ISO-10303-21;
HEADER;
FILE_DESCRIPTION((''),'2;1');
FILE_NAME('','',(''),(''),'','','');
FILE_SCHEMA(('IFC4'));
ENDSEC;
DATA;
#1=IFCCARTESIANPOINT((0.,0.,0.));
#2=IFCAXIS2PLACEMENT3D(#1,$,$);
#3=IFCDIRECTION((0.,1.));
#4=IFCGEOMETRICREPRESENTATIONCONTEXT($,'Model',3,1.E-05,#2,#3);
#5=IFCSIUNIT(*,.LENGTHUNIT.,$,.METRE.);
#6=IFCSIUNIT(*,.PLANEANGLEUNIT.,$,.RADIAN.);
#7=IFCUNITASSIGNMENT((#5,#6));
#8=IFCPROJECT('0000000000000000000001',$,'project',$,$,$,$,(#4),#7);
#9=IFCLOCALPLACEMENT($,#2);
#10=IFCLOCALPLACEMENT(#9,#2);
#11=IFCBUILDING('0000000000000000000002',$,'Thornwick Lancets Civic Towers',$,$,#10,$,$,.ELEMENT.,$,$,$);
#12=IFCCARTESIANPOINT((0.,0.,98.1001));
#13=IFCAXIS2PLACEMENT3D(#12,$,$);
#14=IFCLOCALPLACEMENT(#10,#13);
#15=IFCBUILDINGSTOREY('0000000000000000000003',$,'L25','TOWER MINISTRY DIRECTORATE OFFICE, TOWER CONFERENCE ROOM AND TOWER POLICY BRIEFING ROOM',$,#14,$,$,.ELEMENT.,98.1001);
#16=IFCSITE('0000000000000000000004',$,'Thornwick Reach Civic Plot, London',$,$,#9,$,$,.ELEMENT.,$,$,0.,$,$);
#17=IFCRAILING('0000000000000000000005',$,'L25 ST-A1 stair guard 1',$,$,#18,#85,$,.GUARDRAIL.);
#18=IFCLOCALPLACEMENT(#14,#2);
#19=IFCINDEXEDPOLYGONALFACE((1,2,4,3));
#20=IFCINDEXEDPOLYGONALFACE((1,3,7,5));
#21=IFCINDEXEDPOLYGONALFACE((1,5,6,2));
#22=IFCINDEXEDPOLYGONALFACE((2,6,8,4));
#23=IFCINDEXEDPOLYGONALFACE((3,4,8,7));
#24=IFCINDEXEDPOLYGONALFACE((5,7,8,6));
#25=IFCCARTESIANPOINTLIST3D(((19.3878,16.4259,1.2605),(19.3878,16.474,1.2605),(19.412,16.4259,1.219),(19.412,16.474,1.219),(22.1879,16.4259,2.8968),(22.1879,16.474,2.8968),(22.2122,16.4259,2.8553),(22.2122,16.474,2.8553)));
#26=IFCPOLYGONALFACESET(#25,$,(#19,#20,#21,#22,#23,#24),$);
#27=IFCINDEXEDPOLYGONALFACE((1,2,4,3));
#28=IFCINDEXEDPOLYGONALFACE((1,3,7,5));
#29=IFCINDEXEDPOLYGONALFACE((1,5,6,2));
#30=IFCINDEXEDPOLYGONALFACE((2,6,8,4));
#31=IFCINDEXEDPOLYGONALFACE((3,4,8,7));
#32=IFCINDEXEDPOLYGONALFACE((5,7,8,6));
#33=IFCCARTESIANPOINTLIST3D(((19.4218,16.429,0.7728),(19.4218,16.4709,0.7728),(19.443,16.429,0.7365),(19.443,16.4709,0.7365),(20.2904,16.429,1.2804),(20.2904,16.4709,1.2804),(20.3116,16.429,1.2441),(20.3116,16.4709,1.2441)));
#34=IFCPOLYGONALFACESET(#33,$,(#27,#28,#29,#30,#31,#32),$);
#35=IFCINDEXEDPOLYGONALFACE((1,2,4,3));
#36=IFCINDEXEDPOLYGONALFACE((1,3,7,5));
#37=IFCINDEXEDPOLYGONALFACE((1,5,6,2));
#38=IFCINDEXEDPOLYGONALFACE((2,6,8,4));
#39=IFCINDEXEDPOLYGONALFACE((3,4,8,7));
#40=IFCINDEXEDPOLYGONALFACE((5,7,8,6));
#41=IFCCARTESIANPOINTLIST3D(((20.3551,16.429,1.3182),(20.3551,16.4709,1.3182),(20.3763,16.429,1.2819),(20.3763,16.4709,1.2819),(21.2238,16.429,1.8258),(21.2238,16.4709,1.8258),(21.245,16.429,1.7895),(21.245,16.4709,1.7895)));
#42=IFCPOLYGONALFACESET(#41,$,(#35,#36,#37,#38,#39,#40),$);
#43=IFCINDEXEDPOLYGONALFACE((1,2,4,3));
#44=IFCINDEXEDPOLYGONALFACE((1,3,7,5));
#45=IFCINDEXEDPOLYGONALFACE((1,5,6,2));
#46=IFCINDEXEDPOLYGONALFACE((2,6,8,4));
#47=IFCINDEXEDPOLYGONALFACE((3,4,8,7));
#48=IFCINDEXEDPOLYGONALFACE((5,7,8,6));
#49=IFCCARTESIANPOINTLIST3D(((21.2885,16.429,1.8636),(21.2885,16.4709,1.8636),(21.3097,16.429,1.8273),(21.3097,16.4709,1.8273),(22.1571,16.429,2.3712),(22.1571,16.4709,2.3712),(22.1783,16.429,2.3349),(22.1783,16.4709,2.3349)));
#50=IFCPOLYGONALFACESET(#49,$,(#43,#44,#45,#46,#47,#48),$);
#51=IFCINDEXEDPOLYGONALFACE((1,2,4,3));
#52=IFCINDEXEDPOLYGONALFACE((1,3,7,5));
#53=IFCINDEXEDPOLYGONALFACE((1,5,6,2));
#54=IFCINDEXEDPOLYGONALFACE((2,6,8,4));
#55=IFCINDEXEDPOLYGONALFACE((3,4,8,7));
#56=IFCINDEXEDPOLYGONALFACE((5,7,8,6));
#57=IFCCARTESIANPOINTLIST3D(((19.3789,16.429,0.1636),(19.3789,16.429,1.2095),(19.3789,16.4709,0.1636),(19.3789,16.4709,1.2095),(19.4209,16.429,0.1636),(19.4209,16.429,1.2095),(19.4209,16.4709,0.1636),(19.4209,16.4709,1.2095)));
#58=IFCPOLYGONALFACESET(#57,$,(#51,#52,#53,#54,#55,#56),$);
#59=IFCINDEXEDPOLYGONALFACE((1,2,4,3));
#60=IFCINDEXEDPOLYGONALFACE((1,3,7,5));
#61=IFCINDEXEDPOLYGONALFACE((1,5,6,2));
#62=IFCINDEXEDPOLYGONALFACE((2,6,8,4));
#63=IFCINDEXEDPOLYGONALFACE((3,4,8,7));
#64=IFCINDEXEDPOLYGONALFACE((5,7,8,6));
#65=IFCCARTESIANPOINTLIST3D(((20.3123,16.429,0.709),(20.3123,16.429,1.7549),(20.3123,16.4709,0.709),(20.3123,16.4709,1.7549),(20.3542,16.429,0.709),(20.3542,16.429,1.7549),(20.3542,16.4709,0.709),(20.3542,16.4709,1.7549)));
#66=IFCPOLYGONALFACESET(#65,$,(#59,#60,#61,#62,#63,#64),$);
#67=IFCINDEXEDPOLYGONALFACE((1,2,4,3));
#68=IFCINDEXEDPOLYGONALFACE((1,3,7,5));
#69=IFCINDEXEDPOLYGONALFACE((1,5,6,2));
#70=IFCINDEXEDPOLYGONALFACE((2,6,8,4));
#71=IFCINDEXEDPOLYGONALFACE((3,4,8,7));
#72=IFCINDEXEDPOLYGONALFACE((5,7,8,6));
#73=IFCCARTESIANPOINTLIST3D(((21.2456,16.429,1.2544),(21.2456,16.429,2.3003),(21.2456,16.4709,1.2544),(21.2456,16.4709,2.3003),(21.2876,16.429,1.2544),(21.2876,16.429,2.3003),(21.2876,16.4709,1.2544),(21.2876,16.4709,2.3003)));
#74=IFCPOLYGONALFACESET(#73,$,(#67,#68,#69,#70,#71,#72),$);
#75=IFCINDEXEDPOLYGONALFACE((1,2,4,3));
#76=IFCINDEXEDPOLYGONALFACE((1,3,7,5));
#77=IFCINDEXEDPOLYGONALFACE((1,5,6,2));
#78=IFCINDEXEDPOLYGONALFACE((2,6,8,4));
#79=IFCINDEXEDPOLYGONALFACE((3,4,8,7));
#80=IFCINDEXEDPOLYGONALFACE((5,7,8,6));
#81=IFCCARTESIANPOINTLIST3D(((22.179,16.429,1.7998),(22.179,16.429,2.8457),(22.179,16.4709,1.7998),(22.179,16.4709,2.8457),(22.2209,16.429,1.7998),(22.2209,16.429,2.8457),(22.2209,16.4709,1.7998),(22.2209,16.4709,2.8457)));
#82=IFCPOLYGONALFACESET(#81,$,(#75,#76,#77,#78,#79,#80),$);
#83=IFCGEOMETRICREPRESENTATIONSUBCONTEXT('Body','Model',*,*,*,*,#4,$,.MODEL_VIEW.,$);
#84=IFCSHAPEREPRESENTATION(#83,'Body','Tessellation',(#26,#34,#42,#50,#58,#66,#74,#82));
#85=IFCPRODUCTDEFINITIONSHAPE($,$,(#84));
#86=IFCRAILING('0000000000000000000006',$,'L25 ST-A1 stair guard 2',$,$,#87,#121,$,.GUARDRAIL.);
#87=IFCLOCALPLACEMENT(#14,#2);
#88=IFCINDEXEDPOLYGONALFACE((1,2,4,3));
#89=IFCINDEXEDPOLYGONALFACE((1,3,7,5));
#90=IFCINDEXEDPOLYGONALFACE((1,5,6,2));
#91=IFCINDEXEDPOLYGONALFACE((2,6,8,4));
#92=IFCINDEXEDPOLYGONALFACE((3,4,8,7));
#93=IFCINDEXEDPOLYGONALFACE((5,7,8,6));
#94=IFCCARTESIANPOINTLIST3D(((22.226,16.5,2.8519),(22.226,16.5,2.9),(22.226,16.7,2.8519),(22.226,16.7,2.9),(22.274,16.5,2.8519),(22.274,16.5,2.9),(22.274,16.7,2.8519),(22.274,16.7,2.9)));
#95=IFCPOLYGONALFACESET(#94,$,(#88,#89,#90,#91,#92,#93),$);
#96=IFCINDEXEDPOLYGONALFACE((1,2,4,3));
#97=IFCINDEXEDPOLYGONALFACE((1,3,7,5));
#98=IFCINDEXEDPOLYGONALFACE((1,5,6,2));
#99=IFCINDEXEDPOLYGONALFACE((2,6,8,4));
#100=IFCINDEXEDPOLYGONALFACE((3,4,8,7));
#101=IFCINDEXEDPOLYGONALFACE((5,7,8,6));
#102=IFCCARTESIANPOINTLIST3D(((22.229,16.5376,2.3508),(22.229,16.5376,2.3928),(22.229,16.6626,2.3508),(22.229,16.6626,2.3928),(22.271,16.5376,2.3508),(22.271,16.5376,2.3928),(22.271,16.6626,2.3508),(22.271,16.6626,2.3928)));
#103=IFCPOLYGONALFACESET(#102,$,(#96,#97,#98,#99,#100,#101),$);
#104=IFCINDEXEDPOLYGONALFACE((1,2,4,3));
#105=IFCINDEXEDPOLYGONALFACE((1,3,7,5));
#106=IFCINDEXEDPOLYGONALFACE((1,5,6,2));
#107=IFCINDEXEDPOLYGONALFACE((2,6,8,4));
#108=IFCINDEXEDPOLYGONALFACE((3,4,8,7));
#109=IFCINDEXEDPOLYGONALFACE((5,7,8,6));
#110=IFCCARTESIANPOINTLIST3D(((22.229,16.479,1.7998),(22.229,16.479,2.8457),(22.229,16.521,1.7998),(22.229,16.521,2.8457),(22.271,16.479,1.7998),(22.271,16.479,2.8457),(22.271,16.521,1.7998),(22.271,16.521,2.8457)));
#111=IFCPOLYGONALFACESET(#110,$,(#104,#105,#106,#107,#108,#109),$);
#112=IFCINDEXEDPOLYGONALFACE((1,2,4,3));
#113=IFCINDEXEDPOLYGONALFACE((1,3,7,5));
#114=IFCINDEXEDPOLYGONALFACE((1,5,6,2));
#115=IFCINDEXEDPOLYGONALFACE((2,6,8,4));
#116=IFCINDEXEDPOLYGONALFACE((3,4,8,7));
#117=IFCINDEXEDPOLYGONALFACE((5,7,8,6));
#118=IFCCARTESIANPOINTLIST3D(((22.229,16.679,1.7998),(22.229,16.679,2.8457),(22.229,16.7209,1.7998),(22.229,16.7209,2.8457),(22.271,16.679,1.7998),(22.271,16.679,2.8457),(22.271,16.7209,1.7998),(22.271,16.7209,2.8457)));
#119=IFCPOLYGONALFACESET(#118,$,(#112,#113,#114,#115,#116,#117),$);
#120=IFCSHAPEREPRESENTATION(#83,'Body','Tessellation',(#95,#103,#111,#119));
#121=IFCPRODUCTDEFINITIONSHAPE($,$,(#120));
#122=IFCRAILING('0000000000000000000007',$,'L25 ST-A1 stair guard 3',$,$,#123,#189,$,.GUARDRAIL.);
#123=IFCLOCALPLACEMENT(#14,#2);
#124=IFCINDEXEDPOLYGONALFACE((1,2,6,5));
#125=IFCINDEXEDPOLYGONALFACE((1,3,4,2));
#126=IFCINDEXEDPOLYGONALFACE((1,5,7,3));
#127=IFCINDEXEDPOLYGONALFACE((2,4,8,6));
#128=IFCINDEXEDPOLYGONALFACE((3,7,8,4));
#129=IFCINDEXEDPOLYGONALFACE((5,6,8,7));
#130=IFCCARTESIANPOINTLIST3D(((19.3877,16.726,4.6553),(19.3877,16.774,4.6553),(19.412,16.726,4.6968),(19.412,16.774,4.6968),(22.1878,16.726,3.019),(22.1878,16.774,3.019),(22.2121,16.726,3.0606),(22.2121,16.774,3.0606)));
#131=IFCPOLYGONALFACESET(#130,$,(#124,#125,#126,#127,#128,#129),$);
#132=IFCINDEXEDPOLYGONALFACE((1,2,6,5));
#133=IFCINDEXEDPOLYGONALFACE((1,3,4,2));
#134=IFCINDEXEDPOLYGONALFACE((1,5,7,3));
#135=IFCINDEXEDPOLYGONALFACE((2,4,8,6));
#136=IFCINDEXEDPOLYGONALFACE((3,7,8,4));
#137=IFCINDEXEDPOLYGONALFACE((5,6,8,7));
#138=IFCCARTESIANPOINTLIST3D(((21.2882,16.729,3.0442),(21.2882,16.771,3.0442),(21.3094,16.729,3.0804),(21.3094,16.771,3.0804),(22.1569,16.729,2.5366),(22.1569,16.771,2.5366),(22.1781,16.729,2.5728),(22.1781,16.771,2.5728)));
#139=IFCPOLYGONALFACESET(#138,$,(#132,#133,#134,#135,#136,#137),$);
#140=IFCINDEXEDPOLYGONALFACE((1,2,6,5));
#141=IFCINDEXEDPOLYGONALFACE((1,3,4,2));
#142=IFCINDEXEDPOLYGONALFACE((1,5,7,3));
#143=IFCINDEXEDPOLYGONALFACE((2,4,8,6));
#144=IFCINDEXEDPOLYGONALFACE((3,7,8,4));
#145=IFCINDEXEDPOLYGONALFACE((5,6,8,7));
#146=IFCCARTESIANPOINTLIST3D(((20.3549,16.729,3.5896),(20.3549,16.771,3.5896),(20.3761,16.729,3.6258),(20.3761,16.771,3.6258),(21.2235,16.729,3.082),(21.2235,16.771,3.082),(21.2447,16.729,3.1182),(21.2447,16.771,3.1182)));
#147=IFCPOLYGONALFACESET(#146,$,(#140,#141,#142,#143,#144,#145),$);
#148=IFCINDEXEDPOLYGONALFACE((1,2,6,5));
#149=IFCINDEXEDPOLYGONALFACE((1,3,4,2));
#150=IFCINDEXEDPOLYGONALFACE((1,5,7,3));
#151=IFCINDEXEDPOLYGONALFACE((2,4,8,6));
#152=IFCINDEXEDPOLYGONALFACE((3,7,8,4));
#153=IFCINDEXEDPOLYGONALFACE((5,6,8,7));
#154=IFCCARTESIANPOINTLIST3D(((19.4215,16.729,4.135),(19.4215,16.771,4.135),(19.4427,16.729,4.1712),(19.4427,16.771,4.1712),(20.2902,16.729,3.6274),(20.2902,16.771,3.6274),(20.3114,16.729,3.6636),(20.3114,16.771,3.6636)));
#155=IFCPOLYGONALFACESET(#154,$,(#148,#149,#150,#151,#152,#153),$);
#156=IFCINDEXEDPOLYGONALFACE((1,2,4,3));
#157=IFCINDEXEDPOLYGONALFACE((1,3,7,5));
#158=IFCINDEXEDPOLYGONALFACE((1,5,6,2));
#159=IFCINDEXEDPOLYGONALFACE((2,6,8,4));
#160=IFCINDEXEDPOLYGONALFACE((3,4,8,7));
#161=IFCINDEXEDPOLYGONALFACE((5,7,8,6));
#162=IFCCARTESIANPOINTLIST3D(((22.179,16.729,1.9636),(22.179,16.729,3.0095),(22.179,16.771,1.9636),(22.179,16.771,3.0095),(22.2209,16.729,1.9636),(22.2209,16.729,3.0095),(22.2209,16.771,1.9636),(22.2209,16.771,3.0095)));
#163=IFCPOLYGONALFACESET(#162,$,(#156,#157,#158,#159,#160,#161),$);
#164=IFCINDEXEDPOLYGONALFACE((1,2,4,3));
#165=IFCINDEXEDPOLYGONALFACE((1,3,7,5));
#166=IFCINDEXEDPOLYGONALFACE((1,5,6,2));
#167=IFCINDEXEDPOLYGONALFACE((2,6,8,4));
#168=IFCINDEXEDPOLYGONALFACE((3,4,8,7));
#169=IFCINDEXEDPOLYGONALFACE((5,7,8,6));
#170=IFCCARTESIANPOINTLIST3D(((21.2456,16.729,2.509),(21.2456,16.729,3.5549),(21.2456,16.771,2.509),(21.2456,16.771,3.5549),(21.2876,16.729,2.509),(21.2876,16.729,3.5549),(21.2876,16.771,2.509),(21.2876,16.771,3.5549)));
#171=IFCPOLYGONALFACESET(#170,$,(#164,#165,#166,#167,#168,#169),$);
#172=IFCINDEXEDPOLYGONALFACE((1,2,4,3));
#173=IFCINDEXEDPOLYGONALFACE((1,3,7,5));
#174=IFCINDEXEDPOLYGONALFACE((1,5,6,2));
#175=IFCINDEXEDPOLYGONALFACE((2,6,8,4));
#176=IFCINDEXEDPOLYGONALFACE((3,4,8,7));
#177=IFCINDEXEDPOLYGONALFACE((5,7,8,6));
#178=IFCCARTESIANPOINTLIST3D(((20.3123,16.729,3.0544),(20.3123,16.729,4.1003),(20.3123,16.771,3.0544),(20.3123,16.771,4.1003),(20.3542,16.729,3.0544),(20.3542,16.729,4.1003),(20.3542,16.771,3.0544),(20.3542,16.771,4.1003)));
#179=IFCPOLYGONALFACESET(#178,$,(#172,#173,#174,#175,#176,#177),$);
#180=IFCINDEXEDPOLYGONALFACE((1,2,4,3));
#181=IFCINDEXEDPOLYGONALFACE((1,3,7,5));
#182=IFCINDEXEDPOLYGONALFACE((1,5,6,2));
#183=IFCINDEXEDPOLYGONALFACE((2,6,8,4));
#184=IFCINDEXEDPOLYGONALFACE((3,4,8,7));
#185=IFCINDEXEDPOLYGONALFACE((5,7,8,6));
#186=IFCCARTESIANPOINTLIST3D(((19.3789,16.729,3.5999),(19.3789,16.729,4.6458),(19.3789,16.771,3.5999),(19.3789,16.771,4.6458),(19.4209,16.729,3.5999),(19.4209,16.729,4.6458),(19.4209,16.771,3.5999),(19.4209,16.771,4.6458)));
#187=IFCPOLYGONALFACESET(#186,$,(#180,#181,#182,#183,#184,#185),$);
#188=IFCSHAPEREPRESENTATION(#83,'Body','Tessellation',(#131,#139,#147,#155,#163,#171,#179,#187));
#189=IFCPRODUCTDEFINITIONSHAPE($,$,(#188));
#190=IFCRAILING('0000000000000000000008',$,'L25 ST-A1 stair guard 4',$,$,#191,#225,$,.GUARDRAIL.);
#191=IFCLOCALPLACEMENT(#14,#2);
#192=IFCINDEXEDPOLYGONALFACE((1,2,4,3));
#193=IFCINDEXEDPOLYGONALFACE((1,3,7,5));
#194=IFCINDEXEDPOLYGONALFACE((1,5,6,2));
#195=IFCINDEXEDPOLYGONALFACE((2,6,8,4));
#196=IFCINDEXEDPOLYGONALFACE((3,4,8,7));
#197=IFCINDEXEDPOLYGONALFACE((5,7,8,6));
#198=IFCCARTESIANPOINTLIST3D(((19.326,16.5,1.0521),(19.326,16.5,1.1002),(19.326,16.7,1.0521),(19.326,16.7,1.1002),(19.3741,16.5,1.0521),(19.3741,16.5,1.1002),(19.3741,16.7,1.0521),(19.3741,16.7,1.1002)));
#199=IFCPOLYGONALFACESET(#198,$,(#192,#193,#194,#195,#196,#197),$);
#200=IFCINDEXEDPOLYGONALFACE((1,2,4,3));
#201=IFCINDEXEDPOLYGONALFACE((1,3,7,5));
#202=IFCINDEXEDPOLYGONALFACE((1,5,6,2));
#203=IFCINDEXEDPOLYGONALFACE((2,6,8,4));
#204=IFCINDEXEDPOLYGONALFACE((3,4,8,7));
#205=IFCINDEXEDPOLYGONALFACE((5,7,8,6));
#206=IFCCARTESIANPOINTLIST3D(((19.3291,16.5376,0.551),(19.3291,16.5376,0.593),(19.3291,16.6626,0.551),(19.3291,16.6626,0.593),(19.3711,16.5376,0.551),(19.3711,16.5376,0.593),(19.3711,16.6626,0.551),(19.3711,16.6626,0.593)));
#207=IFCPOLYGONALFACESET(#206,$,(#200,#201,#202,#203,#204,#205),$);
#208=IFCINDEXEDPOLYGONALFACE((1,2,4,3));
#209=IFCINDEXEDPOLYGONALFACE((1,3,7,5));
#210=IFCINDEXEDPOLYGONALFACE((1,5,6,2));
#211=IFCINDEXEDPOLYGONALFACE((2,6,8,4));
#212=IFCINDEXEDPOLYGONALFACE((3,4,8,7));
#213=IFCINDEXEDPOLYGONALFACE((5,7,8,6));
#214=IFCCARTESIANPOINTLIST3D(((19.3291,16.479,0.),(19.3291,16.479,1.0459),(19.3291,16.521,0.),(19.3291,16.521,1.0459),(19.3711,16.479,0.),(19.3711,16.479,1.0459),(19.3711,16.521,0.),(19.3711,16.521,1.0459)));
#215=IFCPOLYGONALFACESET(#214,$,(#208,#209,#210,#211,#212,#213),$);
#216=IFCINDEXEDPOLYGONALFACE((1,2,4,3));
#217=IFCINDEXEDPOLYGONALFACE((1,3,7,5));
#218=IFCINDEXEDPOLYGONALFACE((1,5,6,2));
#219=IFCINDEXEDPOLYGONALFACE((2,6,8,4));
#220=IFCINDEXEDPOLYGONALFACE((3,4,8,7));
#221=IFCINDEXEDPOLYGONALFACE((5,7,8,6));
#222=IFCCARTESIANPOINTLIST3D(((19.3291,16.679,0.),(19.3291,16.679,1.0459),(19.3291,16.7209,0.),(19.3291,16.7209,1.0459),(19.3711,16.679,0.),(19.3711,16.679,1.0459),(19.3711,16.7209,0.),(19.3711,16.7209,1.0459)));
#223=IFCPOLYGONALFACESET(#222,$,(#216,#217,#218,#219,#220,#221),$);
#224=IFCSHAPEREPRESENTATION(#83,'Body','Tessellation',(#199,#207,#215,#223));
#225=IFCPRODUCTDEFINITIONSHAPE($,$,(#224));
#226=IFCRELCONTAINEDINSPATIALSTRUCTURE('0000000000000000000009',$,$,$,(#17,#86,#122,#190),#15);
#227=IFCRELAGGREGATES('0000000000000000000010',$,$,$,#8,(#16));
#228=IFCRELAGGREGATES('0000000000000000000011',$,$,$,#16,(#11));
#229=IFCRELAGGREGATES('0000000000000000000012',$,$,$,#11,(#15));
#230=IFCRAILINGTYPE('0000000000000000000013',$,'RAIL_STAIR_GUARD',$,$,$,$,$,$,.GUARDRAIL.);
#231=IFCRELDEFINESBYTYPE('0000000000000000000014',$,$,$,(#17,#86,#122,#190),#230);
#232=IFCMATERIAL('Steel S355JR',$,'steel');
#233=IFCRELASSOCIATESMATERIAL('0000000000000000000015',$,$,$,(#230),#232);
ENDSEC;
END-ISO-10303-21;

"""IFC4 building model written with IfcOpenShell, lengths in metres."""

from ifc_helpers import new_model, si_unit, direction, frame, origin, origin_2d, place, context, subcontext, project, spatial, rectangle, extrude, material, type_object, element, save


model = new_model("IFC4")

# Units and contexts
model_context = context("Model", 3, precision=1e-05, world=origin(), true_north=direction((0.0, 1.0)))
body_context = subcontext(model_context, "Body", "Model", "MODEL_VIEW")
ifc_project = project(units=[si_unit("LENGTHUNIT", "METRE"), si_unit("PLANEANGLEUNIT", "RADIAN")], contexts=[model_context])

# Site, building, storey
site_placement = place(None, origin())
site = spatial("IfcSite", under=ifc_project, at=site_placement, Name="Thornwick Reach Civic Plot, London", CompositionType="ELEMENT", RefElevation=0.0)
building_placement = place(site_placement, origin())
building = spatial("IfcBuilding", under=site, at=building_placement, Name="Thornwick Lancets Civic Towers", CompositionType="ELEMENT")
storey_placement = place(building_placement, frame((0.0, 0.0, 98.1001)))
storey = spatial("IfcBuildingStorey", under=building, at=storey_placement, Name="L25", Description="TOWER MINISTRY DIRECTORATE OFFICE, TOWER CONFERENCE ROOM AND TOWER POLICY BRIEFING ROOM", CompositionType="ELEMENT", Elevation=98.1001)

# Shared definitions
ifc_material_1 = material(Name="Steel S355JR", Category="steel")

# Railings
railing_type_1 = type_object("IfcRailingType", Name="RAIL_STAIR_GUARD", PredefinedType="GUARDRAIL", material=ifc_material_1)
railing_1_placement = place(storey_placement, frame((19.3999, 16.45, 0.1636)))
element("IfcRailing", 1, at=railing_1_placement, inside=storey, type_object=railing_type_1, Name="L25 ST-A1 stair guard 1", PredefinedType="GUARDRAIL", context=body_context, shape_type="SweptSolid", body=[
    extrude(rectangle(XDim=0.0481, YDim=0.0481, at=origin_2d()), frame((0.0, 0.0, 1.0762), z_axis=(0.863394, 0.0, 0.504531), x_axis=(0.0, 1.0, 0.0)), (0.0, 0.0, 1.0), 3.2432),
    extrude(rectangle(XDim=0.042, YDim=0.042, at=origin_2d()), frame((0.0325, 0.0, 0.5911), z_axis=(0.863394, 0.0, 0.504531), x_axis=(0.0, 1.0, 0.0)), (0.0, 0.0, 1.0), 1.0061),
    extrude(rectangle(XDim=0.042, YDim=0.042, at=origin_2d()), frame((0.9658, 0.0, 1.1365), z_axis=(0.863394, 0.0, 0.504531), x_axis=(0.0, 1.0, 0.0)), (0.0, 0.0, 1.0), 1.0061),
    extrude(rectangle(XDim=0.042, YDim=0.042, at=origin_2d()), frame((1.8992, 0.0, 1.6819), z_axis=(0.863394, 0.0, 0.504531), x_axis=(0.0, 1.0, 0.0)), (0.0, 0.0, 1.0), 1.0061),
    extrude(rectangle(XDim=0.042, YDim=0.042, at=origin_2d()), origin(), (0.0, 0.0, 1.0), 1.0459),
    extrude(rectangle(XDim=0.042, YDim=0.042, at=origin_2d()), frame((0.9333, 0.0, 0.5454)), (0.0, 0.0, 1.0), 1.0459),
    extrude(rectangle(XDim=0.042, YDim=0.042, at=origin_2d()), frame((1.8667, 0.0, 1.0908)), (0.0, 0.0, 1.0), 1.0459),
    extrude(rectangle(XDim=0.042, YDim=0.042, at=origin_2d()), frame((2.8, 0.0, 1.6362)), (0.0, 0.0, 1.0), 1.0459),
])
railing_2_placement = place(storey_placement, frame((22.25, 16.5, 1.7998)))
element("IfcRailing", 2, at=railing_2_placement, inside=storey, type_object=railing_type_1, Name="L25 ST-A1 stair guard 2", PredefinedType="GUARDRAIL", context=body_context, shape_type="SweptSolid", body=[
    extrude(rectangle(XDim=0.0481, YDim=0.0481, at=origin_2d()), frame((0.0, 0.0, 1.0762), z_axis=(0.0, 1.0, 0.0), x_axis=(-1.0, 0.0, 0.0)), (0.0, 0.0, 1.0), 0.2),
    extrude(rectangle(XDim=0.042, YDim=0.042, at=origin_2d()), frame((0.0, 0.0376, 0.572), z_axis=(0.0, 1.0, 0.0), x_axis=(-1.0, 0.0, 0.0)), (0.0, 0.0, 1.0), 0.125),
    extrude(rectangle(XDim=0.042, YDim=0.042, at=origin_2d()), origin(), (0.0, 0.0, 1.0), 1.0459),
    extrude(rectangle(XDim=0.042, YDim=0.042, at=origin_2d()), frame((0.0, 0.2, 0.0)), (0.0, 0.0, 1.0), 1.0459),
])
railing_3_placement = place(storey_placement, frame((22.2, 16.75, 1.9636)))
element("IfcRailing", 3, at=railing_3_placement, inside=storey, type_object=railing_type_1, Name="L25 ST-A1 stair guard 3", PredefinedType="GUARDRAIL", context=body_context, shape_type="SweptSolid", body=[
    extrude(rectangle(XDim=0.0481, YDim=0.0481, at=origin_2d()), frame((0.0, 0.0, 1.0762), z_axis=(-0.863394, 0.0, 0.504531), x_axis=(0.0, -1.0, 0.0)), (0.0, 0.0, 1.0), 3.2432),
    extrude(rectangle(XDim=0.042, YDim=0.042, at=origin_2d()), frame((-0.0325, 0.0, 0.5911), z_axis=(-0.863394, 0.0, 0.504531), x_axis=(0.0, -1.0, 0.0)), (0.0, 0.0, 1.0), 1.0061),
    extrude(rectangle(XDim=0.042, YDim=0.042, at=origin_2d()), frame((-0.9658, 0.0, 1.1365), z_axis=(-0.863394, 0.0, 0.504531), x_axis=(0.0, -1.0, 0.0)), (0.0, 0.0, 1.0), 1.0061),
    extrude(rectangle(XDim=0.042, YDim=0.042, at=origin_2d()), frame((-1.8992, 0.0, 1.6819), z_axis=(-0.863394, 0.0, 0.504531), x_axis=(0.0, -1.0, 0.0)), (0.0, 0.0, 1.0), 1.0061),
    extrude(rectangle(XDim=0.042, YDim=0.042, at=origin_2d()), origin(), (0.0, 0.0, 1.0), 1.0459),
    extrude(rectangle(XDim=0.042, YDim=0.042, at=origin_2d()), frame((-0.9333, 0.0, 0.5454)), (0.0, 0.0, 1.0), 1.0459),
    extrude(rectangle(XDim=0.042, YDim=0.042, at=origin_2d()), frame((-1.8667, 0.0, 1.0908)), (0.0, 0.0, 1.0), 1.0459),
    extrude(rectangle(XDim=0.042, YDim=0.042, at=origin_2d()), frame((-2.8, 0.0, 1.6362)), (0.0, 0.0, 1.0), 1.0459),
])
railing_4_placement = place(storey_placement, frame((19.3501, 16.5, 0.0)))
element("IfcRailing", 4, at=railing_4_placement, inside=storey, type_object=railing_type_1, Name="L25 ST-A1 stair guard 4", PredefinedType="GUARDRAIL", context=body_context, shape_type="SweptSolid", body=[
    extrude(rectangle(XDim=0.0481, YDim=0.0481, at=origin_2d()), frame((0.0, 0.0, 1.0762), z_axis=(0.0, 1.0, 0.0), x_axis=(-1.0, 0.0, 0.0)), (0.0, 0.0, 1.0), 0.2),
    extrude(rectangle(XDim=0.042, YDim=0.042, at=origin_2d()), frame((0.0, 0.0376, 0.572), z_axis=(0.0, 1.0, 0.0), x_axis=(-1.0, 0.0, 0.0)), (0.0, 0.0, 1.0), 0.125),
    extrude(rectangle(XDim=0.042, YDim=0.042, at=origin_2d()), origin(), (0.0, 0.0, 1.0), 1.0459),
    extrude(rectangle(XDim=0.042, YDim=0.042, at=origin_2d()), frame((0.0, 0.2, 0.0)), (0.0, 0.0, 1.0), 1.0459),
])

save(model, "model.ifc")
